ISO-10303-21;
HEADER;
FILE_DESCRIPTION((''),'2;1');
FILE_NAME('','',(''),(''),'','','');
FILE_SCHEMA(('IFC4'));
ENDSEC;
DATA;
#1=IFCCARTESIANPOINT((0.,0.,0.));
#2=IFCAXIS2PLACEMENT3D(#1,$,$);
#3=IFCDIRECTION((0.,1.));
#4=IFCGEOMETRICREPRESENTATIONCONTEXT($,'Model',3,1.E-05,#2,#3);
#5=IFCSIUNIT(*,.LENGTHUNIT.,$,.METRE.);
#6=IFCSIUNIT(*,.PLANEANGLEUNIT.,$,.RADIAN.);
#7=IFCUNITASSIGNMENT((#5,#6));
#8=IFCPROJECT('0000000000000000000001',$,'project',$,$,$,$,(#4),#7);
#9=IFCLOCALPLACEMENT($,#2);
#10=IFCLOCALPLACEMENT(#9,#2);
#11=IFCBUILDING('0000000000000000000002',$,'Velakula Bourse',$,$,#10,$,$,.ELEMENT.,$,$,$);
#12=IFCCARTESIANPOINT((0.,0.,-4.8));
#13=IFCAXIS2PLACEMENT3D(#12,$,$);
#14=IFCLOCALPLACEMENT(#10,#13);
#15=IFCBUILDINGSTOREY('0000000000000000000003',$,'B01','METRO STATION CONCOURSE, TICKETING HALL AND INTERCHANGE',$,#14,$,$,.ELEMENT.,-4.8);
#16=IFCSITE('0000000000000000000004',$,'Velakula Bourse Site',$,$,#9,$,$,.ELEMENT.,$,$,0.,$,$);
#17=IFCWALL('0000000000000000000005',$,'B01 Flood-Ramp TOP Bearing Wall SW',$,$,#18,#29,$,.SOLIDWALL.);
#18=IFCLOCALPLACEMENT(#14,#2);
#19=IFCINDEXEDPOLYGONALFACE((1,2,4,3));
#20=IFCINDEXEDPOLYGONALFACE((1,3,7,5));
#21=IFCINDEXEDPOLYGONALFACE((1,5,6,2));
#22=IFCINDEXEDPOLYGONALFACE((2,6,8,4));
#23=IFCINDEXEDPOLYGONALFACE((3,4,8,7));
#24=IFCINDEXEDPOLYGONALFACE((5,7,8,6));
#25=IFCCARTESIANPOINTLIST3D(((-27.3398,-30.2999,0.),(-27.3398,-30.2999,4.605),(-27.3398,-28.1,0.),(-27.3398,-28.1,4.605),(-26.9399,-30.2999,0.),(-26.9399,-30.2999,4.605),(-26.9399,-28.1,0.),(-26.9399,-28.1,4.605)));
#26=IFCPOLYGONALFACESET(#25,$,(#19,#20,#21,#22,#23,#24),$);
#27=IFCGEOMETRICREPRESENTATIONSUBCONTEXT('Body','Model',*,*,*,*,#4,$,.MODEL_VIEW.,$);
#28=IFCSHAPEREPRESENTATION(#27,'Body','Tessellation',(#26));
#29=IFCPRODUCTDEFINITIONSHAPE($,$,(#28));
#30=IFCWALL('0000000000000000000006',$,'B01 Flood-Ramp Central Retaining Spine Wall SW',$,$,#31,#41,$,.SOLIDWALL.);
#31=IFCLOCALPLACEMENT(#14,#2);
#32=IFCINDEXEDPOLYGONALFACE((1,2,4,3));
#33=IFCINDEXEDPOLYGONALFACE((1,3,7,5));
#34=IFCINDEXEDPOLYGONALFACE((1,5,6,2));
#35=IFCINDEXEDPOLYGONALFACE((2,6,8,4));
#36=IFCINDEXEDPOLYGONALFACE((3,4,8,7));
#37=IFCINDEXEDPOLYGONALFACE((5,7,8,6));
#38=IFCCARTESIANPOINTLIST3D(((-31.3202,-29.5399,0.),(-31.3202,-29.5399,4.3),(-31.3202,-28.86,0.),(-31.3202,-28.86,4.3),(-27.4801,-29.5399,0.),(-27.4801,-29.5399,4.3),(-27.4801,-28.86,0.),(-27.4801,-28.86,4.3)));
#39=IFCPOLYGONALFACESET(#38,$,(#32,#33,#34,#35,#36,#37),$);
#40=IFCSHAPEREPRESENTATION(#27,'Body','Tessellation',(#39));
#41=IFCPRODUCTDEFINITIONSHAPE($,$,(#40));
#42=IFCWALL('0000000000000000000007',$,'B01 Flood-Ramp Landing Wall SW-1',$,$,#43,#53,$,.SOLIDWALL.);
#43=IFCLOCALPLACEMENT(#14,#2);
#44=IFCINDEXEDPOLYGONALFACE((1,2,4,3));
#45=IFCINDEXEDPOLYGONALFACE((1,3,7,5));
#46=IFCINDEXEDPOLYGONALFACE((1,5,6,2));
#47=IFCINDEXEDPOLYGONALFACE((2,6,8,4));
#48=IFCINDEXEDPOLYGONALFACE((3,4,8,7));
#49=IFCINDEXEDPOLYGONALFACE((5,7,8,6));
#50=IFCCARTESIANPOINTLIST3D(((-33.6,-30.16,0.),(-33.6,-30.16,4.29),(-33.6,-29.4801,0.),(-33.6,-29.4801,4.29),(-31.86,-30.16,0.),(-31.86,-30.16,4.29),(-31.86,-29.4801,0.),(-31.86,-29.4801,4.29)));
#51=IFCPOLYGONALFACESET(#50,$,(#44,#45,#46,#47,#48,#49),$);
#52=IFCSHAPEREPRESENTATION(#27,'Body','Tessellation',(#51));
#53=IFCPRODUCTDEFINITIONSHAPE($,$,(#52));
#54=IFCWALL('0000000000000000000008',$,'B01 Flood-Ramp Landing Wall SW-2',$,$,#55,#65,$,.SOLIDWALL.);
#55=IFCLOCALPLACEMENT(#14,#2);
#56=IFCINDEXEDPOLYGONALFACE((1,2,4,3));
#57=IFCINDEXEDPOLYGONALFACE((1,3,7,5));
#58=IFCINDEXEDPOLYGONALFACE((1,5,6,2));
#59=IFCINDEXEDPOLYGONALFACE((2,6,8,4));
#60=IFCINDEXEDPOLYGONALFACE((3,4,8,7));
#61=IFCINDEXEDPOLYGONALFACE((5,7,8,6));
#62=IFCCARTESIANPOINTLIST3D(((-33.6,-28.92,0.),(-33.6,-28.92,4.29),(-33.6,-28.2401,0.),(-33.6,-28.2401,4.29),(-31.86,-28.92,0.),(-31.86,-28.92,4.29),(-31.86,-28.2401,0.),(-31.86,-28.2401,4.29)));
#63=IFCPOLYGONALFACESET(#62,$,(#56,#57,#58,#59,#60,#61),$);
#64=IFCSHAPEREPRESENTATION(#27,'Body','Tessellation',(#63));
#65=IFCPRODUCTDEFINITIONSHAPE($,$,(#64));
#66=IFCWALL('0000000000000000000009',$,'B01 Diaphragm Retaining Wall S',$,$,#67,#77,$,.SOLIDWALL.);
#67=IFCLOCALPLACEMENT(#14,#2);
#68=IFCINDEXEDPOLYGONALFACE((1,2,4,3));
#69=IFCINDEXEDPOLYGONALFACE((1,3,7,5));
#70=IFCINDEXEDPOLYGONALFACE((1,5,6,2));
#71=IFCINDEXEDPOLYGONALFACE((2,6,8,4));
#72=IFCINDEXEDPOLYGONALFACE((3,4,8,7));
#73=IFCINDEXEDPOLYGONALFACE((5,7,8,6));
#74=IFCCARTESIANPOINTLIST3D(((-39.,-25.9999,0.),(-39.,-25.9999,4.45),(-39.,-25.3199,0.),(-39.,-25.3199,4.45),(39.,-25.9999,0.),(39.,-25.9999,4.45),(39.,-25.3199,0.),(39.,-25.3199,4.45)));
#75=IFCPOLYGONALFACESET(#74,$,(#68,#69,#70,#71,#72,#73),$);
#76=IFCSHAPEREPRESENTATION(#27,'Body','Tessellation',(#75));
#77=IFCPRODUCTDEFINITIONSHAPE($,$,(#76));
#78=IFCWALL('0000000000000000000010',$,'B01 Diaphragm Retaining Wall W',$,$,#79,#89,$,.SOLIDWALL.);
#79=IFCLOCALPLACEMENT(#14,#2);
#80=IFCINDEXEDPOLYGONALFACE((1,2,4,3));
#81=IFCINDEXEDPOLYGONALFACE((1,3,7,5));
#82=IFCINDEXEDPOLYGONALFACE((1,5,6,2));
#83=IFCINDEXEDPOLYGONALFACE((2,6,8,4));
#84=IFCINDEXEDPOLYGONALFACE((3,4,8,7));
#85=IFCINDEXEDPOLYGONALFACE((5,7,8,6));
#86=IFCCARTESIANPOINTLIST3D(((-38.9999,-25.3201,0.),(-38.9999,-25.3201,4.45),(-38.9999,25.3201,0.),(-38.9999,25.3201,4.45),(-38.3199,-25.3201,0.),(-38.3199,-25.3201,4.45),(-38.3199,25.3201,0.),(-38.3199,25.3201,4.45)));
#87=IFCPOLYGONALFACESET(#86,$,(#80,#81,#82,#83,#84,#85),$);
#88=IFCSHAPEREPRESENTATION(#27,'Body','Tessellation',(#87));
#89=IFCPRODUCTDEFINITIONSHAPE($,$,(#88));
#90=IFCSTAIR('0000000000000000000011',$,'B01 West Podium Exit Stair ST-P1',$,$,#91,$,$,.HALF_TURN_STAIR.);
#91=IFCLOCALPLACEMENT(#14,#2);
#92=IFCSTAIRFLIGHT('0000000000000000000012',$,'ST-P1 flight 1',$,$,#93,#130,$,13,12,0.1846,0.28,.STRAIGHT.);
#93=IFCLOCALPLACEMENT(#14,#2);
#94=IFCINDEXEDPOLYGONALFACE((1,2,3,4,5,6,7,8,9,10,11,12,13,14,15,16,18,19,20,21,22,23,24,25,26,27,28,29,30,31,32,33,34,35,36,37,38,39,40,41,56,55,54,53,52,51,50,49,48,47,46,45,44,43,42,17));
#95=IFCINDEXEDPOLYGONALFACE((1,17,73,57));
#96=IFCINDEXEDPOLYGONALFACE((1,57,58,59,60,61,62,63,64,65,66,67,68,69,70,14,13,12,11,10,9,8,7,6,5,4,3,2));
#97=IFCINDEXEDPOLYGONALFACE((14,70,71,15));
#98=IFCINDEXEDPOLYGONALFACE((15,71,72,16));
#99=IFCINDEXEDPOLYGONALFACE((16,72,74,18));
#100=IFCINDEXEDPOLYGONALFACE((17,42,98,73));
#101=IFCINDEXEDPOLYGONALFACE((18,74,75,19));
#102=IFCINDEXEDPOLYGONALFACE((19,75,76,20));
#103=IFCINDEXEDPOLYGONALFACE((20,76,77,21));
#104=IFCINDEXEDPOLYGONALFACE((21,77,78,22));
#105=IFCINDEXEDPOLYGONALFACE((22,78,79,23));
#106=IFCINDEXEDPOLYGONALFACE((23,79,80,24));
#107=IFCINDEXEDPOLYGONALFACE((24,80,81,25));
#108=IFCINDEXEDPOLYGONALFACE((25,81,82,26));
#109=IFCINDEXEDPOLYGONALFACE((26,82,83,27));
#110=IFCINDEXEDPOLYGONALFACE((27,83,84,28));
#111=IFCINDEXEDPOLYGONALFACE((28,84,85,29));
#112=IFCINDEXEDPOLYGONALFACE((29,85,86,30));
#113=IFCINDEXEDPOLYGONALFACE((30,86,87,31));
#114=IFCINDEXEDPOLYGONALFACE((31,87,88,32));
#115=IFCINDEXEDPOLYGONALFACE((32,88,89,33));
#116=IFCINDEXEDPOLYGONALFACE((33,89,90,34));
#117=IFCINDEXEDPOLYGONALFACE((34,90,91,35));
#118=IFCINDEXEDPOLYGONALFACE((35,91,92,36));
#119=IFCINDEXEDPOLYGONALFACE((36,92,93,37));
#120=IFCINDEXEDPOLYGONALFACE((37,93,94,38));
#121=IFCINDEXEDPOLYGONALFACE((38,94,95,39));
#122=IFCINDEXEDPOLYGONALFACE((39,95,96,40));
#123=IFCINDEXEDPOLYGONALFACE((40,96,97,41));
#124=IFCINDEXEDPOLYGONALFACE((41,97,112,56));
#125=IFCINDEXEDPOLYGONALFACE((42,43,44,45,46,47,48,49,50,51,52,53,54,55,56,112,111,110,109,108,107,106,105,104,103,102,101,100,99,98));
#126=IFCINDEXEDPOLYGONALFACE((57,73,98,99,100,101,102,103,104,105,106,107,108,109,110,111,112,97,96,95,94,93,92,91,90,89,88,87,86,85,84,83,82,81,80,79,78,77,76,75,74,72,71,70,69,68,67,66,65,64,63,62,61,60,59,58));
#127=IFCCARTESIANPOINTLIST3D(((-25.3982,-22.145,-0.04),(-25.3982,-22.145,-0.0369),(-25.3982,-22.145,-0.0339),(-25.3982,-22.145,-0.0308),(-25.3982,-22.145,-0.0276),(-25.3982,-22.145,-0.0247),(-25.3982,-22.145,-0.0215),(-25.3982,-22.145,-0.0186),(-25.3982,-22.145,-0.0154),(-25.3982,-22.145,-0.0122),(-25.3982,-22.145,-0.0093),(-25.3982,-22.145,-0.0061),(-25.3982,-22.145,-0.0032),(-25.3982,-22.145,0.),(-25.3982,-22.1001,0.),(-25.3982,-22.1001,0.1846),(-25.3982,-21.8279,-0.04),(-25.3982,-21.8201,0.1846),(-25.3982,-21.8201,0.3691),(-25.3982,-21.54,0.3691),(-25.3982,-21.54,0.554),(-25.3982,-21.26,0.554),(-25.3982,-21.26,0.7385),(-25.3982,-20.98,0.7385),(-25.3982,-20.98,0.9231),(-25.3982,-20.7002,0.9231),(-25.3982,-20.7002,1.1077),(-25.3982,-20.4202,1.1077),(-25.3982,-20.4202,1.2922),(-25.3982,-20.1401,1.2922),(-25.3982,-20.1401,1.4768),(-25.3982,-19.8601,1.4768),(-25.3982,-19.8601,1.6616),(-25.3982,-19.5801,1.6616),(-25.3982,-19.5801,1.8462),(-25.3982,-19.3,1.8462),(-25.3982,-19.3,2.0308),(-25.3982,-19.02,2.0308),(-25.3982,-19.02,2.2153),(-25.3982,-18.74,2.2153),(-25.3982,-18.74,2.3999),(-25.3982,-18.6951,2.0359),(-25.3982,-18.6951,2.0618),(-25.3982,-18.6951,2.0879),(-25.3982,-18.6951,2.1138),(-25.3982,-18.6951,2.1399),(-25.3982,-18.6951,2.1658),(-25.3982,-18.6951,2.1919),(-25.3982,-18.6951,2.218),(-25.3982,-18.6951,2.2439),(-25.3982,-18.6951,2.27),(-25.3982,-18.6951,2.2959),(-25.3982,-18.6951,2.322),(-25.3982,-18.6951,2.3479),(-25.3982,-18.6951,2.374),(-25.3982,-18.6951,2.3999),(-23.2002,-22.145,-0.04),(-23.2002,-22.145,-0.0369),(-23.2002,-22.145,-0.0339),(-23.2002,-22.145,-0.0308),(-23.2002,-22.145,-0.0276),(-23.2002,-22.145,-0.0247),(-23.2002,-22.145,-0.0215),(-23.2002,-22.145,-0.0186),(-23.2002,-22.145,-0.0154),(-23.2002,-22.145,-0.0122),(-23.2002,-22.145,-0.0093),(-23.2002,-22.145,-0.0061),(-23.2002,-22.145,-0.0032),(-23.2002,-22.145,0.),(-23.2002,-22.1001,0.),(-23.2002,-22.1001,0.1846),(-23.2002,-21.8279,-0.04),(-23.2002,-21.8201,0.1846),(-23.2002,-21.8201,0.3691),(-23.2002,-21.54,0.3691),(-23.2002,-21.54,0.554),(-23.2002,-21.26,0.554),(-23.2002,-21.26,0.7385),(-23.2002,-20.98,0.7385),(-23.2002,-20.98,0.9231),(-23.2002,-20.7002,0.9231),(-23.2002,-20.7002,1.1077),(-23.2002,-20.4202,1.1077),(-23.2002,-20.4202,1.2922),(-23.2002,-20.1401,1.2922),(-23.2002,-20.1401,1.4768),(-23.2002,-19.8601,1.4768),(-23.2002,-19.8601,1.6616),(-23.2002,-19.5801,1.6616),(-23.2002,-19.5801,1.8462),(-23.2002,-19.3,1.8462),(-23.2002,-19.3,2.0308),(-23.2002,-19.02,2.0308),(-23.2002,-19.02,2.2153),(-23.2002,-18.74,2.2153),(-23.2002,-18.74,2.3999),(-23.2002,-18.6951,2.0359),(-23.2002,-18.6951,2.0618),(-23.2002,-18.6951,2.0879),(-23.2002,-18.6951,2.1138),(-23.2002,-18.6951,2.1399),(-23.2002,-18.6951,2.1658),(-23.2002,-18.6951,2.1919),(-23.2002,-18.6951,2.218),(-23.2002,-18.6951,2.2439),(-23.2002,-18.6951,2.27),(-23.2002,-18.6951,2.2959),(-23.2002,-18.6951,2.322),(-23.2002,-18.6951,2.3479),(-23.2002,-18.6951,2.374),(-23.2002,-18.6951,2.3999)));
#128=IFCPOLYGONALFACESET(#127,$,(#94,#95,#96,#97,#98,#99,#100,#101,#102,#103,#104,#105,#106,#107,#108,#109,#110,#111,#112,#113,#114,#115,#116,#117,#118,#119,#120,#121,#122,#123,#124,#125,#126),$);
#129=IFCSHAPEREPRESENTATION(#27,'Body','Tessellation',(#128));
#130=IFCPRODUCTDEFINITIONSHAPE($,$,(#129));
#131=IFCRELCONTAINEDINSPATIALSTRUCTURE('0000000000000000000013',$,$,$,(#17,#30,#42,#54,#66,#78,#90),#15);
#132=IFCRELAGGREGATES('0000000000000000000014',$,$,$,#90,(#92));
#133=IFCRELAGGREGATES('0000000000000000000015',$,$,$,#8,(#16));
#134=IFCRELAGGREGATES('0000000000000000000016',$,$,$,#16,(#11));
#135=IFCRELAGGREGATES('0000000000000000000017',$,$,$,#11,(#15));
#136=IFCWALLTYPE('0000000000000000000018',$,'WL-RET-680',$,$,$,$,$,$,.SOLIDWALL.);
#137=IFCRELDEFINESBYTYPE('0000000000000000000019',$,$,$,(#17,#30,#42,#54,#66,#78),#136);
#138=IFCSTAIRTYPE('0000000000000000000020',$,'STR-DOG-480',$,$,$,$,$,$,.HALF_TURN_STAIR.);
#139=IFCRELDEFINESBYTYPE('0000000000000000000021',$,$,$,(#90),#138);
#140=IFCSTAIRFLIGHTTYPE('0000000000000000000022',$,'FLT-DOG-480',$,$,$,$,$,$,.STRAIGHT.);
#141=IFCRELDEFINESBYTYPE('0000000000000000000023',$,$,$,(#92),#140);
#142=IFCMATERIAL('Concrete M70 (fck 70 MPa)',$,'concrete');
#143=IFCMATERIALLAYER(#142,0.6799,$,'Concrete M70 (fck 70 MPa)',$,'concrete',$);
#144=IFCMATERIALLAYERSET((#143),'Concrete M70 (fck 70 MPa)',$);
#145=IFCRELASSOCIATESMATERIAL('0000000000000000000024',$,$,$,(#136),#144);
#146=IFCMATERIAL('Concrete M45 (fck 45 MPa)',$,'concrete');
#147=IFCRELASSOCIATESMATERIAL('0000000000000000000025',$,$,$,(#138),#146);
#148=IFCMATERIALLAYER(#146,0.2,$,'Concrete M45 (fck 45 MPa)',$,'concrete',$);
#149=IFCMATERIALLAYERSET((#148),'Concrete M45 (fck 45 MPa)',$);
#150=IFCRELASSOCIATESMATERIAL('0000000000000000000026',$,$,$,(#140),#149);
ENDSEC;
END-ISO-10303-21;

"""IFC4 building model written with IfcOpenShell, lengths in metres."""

from ifc_helpers import new_model, si_unit, direction, frame, frame_2d, origin, place, context, subcontext, project, spatial, polyline, rectangle, outline, extrude, material, layer, layer_set, type_object, element, aggregate, save


model = new_model("IFC4")

# Units and contexts
model_context = context("Model", 3, precision=1e-05, world=origin(), true_north=direction((0.0, 1.0)))
body_context = subcontext(model_context, "Body", "Model", "MODEL_VIEW")
ifc_project = project(units=[si_unit("LENGTHUNIT", "METRE"), si_unit("PLANEANGLEUNIT", "RADIAN")], contexts=[model_context])

# Site, building, storey
site_placement = place(None, origin())
site = spatial("IfcSite", under=ifc_project, at=site_placement, Name="Velakula Bourse Site", CompositionType="ELEMENT", RefElevation=0.0)
building_placement = place(site_placement, origin())
building = spatial("IfcBuilding", under=site, at=building_placement, Name="Velakula Bourse", CompositionType="ELEMENT")
storey_placement = place(building_placement, frame((0.0, 0.0, -4.8)))
storey = spatial("IfcBuildingStorey", under=building, at=storey_placement, Name="B01", Description="METRO STATION CONCOURSE, TICKETING HALL AND INTERCHANGE", CompositionType="ELEMENT", Elevation=-4.8)

# Shared definitions
ifc_material_1 = material(Name="Concrete M70 (fck 70 MPa)", Category="concrete")

# Walls
ifc_layer_1 = layer(ifc_material_1, 0.6799, Name="Concrete M70 (fck 70 MPa)", Category="concrete")
ifc_layer_set_1 = layer_set([ifc_layer_1], Name="Concrete M70 (fck 70 MPa)")
wall_type_1 = type_object("IfcWallType", Name="WL-RET-680", PredefinedType="SOLIDWALL", material=ifc_layer_set_1)
wall_1_placement = place(storey_placement, frame((-27.1399, -30.3, 0.0), z_axis=(0.0, 0.0, 1.0), x_axis=(0.0, 1.0, 0.0)))
element("IfcWall", 1, at=wall_1_placement, inside=storey, type_object=wall_type_1, Name="B01 Flood-Ramp TOP Bearing Wall SW", PredefinedType="SOLIDWALL", context=body_context, shape_type="SweptSolid", body=[
    extrude(rectangle(XDim=2.2, YDim=0.3999, at=frame_2d((1.1001, 0.0))), origin(), (0.0, 0.0, 1.0), 4.605),
])
wall_2_placement = place(storey_placement, frame((-31.3201, -29.2, 0.0), z_axis=(0.0, 0.0, 1.0), x_axis=(1.0, 0.0, 0.0)))
element("IfcWall", 2, at=wall_2_placement, inside=storey, type_object=wall_type_1, Name="B01 Flood-Ramp Central Retaining Spine Wall SW", PredefinedType="SOLIDWALL", context=body_context, shape_type="SweptSolid", body=[
    extrude(rectangle(XDim=3.8401, YDim=0.6799, at=frame_2d((1.9199, 0.0))), origin(), (0.0, 0.0, 1.0), 4.3),
])
for number, where, z_axis, x_axis, name in (
    (3, (-33.6001, -29.8201, 0.0), (0.0, 0.0, 1.0), (1.0, 0.0, 0.0), "B01 Flood-Ramp Landing Wall SW-1"),
    (4, (-33.6001, -28.5801, 0.0), (0.0, 0.0, 1.0), (1.0, 0.0, 0.0), "B01 Flood-Ramp Landing Wall SW-2"),
):
    element("IfcWall", number, at=place(storey_placement, frame(where, z_axis=z_axis, x_axis=x_axis)), inside=storey, type_object=wall_type_1, Name=name, PredefinedType="SOLIDWALL", context=body_context, shape_type="SweptSolid", body=[
        extrude(rectangle(XDim=1.74, YDim=0.6799, at=frame_2d((0.8701, 0.0))), origin(), (0.0, 0.0, 1.0), 4.29),
    ])
wall_3_placement = place(storey_placement, frame((-39.0, -25.6599, 0.0), z_axis=(0.0, 0.0, 1.0), x_axis=(1.0, 0.0, 0.0)))
element("IfcWall", 5, at=wall_3_placement, inside=storey, type_object=wall_type_1, Name="B01 Diaphragm Retaining Wall S", PredefinedType="SOLIDWALL", context=body_context, shape_type="SweptSolid", body=[
    extrude(rectangle(XDim=78.0, YDim=0.6799, at=frame_2d((39.0, 0.0))), origin(), (0.0, 0.0, 1.0), 4.45),
])
wall_4_placement = place(storey_placement, frame((-38.6599, -25.3201, 0.0), z_axis=(0.0, 0.0, 1.0), x_axis=(0.0, 1.0, 0.0)))
element("IfcWall", 6, at=wall_4_placement, inside=storey, type_object=wall_type_1, Name="B01 Diaphragm Retaining Wall W", PredefinedType="SOLIDWALL", context=body_context, shape_type="SweptSolid", body=[
    extrude(rectangle(XDim=50.6401, YDim=0.6799, at=frame_2d((25.3201, 0.0))), origin(), (0.0, 0.0, 1.0), 4.45),
])

# Stair, stair flight
ifc_material_2 = material(Name="Concrete M45 (fck 45 MPa)", Category="concrete")
stair_type = type_object("IfcStairType", Name="STR-DOG-480", PredefinedType="HALF_TURN_STAIR", material=ifc_material_2)
stair_placement = place(storey_placement, origin())
stair = element("IfcStair", 7, at=stair_placement, inside=storey, type_object=stair_type, Name="B01 West Podium Exit Stair ST-P1", PredefinedType="HALF_TURN_STAIR")
ifc_layer_2 = layer(ifc_material_2, 0.2, Name="Concrete M45 (fck 45 MPa)", Category="concrete")
ifc_layer_set_2 = layer_set([ifc_layer_2], Name="Concrete M45 (fck 45 MPa)")
stair_flight_type = type_object("IfcStairFlightType", Name="FLT-DOG-480", PredefinedType="STRAIGHT", material=ifc_layer_set_2)
stair_flight_placement = place(storey_placement, frame((-24.2991, -22.1001, 0.0), z_axis=(0.0, 0.0, 1.0), x_axis=(0.0, 1.0, 0.0)))
stair_flight = element("IfcStairFlight", 8, at=stair_flight_placement, type_object=stair_flight_type, Name="ST-P1 flight 1", NumberOfRisers=13, NumberOfTreads=12, PredefinedType="STRAIGHT", RiserHeight=0.1846, TreadLength=0.28, context=body_context, shape_type="SweptSolid", body=[
    extrude(outline(polyline([(-0.0449, -0.04), (-0.0449, -0.0369), (-0.0449, -0.0339), (-0.0449, -0.0308), (-0.0449, -0.0276), (-0.0449, -0.0247), (-0.0449, -0.0215), (-0.0449, -0.0186), (-0.0449, -0.0154), (-0.0449, -0.0122), (-0.0449, -0.0093), (-0.0449, -0.0061), (-0.0449, -0.0032), (-0.0449, 0.0), (0.0, 0.0), (0.0, 0.1846), (0.28, 0.1846), (0.28, 0.3691), (0.5601, 0.3691), (0.5601, 0.554), (0.8401, 0.554), (0.8401, 0.7385), (1.1201, 0.7385), (1.1201, 0.9231), (1.3999, 0.9231), (1.3999, 1.1077), (1.6799, 1.1077), (1.6799, 1.2922), (1.96, 1.2922), (1.96, 1.4768), (2.24, 1.4768), (2.24, 1.6616), (2.52, 1.6616), (2.52, 1.8462), (2.8, 1.8462), (2.8, 2.0308), (3.0801, 2.0308), (3.0801, 2.2153), (3.3601, 2.2153), (3.3601, 2.3999), (3.405, 2.3999), (3.405, 2.374), (3.405, 2.3479), (3.405, 2.322), (3.405, 2.2959), (3.405, 2.27), (3.405, 2.2439), (3.405, 2.218), (3.405, 2.1919), (3.405, 2.1658), (3.405, 2.1399), (3.405, 2.1138), (3.405, 2.0879), (3.405, 2.0618), (3.405, 2.0359), (0.2722, -0.04), (-0.0449, -0.04)])), frame((0.0, 1.0991, 0.0), z_axis=(0.0, -1.0, 0.0), x_axis=(1.0, 0.0, 0.0)), (0.0, 0.0, 1.0), 2.198),
])
aggregate(stair, [stair_flight])

save(model, "model.ifc")
